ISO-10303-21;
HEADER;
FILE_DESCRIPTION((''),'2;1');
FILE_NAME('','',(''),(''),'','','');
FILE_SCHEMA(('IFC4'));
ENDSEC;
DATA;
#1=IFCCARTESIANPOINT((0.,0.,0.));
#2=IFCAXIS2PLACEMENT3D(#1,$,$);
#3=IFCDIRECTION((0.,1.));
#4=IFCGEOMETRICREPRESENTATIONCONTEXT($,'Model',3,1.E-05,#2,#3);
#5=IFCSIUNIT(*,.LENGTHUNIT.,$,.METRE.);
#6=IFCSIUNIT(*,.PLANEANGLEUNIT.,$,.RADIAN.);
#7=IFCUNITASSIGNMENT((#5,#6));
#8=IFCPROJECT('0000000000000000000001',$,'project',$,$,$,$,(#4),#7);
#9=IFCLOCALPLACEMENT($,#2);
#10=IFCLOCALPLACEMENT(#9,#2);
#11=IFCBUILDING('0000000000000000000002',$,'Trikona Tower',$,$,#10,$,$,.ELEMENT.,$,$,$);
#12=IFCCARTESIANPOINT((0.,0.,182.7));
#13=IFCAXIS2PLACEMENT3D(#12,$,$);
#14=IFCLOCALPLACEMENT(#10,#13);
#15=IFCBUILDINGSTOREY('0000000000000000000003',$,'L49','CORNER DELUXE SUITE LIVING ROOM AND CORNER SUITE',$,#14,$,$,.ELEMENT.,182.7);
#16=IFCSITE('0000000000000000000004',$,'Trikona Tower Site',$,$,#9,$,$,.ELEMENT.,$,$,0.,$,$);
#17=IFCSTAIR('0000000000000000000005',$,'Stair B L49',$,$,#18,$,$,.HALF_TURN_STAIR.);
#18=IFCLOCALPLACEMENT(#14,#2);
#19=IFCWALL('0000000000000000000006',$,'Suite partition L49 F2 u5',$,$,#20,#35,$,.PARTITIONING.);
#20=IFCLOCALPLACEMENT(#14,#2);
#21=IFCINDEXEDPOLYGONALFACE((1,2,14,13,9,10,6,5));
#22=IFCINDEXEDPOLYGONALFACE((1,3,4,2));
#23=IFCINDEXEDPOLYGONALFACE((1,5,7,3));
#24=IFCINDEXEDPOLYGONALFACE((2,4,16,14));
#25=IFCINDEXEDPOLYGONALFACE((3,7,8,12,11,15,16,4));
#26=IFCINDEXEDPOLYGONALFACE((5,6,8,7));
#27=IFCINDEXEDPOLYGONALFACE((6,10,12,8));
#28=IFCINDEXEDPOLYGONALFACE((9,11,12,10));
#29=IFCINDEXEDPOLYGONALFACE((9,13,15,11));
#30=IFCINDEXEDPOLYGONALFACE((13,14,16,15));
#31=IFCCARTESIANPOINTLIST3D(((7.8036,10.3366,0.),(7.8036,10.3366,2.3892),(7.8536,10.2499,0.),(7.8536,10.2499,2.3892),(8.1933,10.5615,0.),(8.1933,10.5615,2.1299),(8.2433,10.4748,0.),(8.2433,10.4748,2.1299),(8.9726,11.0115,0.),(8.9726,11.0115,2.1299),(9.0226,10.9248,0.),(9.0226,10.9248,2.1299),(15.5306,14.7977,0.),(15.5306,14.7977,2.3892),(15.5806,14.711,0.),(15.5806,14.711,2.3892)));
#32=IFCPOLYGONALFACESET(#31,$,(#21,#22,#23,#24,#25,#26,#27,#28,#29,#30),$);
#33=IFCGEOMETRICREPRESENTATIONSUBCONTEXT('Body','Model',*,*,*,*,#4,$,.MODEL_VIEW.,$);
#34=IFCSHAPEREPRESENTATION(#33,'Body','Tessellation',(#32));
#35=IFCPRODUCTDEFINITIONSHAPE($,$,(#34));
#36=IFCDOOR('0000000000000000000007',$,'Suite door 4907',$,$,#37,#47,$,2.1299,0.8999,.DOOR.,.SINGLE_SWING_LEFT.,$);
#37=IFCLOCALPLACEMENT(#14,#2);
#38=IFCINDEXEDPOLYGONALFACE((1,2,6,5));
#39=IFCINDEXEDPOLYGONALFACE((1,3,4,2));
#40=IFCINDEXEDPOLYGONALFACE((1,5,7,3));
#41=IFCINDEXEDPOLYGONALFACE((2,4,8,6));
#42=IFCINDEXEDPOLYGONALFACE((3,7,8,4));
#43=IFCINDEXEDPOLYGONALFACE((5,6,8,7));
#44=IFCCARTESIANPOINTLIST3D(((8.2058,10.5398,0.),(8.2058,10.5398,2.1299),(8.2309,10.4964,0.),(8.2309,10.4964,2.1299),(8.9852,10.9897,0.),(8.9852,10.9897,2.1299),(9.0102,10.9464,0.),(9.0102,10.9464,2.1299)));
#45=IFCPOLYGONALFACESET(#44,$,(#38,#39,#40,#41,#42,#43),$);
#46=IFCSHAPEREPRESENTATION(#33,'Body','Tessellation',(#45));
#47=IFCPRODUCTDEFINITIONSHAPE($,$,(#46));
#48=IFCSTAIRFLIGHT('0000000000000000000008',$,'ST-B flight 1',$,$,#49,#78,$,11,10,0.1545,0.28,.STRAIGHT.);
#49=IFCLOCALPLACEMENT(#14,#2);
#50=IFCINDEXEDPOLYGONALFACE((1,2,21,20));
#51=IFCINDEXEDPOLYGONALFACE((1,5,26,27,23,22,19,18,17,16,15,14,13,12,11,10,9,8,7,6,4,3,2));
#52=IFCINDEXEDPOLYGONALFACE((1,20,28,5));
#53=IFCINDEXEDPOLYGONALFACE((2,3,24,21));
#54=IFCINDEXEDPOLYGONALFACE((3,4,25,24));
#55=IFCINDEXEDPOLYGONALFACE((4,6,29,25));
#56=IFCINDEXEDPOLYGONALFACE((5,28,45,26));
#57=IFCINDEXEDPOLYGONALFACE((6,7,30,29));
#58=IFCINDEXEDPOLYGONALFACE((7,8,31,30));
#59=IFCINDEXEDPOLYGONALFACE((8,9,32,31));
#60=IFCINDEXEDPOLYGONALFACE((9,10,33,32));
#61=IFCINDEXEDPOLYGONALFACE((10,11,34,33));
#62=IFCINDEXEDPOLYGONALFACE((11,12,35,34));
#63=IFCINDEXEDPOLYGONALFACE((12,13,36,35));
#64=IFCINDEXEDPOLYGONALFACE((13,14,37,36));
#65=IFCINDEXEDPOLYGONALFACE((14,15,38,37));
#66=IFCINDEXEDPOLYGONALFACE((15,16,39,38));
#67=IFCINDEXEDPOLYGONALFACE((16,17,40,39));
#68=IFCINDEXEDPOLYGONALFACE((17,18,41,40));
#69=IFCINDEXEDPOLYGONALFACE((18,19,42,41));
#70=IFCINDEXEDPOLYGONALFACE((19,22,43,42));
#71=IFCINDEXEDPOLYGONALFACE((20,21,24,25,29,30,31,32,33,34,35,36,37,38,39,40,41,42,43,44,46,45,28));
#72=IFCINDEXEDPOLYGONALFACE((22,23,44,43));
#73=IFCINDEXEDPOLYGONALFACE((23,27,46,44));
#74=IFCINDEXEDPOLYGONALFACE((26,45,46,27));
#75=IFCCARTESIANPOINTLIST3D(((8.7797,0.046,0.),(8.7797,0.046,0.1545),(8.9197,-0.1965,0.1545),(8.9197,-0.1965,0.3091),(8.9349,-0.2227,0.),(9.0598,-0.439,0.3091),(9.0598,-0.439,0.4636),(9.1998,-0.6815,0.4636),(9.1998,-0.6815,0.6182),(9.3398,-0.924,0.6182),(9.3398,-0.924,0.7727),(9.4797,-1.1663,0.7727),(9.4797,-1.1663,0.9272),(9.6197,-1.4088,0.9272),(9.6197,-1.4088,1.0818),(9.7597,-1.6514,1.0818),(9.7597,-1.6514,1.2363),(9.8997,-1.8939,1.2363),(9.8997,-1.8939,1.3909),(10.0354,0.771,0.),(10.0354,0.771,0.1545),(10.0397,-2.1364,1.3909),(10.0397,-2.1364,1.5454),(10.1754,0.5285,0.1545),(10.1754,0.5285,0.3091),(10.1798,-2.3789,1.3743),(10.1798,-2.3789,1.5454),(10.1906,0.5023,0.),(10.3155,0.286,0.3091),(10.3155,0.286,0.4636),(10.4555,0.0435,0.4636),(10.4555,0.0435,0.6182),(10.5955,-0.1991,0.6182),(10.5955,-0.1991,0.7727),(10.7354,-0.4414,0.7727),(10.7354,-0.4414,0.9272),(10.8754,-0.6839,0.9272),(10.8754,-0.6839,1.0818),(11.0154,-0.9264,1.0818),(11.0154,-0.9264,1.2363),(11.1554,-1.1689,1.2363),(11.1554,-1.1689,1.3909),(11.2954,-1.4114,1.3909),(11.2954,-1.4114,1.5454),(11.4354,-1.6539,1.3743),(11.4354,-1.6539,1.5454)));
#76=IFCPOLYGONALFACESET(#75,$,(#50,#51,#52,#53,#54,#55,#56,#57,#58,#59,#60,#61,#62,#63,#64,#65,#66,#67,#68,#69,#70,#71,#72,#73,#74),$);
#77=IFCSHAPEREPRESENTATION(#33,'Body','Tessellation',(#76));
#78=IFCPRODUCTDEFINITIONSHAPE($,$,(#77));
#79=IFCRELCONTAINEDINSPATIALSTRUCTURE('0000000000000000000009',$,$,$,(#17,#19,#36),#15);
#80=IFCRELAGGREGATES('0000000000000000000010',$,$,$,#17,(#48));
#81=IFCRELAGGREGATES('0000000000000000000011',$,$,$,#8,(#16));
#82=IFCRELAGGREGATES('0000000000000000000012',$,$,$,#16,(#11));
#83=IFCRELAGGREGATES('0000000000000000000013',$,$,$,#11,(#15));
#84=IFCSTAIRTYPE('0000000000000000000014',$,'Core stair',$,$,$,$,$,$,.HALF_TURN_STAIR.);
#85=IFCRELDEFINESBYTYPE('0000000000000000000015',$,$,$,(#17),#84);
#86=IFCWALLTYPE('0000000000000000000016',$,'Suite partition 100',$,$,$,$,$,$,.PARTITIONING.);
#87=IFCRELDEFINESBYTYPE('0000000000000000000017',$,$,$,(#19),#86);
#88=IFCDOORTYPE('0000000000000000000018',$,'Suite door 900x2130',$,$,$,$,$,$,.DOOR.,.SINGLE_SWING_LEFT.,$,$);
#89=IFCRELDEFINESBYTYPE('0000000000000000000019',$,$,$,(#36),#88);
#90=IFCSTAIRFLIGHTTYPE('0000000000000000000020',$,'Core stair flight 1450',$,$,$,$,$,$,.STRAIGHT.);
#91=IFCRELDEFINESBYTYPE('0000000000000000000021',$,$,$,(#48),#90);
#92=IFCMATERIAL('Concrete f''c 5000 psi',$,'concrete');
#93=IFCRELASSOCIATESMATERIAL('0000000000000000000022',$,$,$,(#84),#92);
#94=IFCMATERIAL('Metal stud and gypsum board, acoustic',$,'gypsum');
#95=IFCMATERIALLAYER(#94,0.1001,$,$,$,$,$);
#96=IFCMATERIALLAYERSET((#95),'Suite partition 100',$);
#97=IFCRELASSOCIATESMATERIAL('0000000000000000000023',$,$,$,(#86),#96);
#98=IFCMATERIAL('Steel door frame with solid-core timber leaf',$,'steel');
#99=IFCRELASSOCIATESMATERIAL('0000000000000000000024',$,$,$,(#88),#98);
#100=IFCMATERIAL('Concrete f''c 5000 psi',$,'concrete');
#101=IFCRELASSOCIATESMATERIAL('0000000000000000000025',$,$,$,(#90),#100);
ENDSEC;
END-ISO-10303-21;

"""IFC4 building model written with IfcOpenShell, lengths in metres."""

from ifc_helpers import new_model, si_unit, direction, frame, frame_2d, origin, place, context, subcontext, project, spatial, polyline, rectangle, outline, extrude, material, layer, layer_set, type_object, element, fill, aggregate, save


model = new_model("IFC4")

# Units and contexts
model_context = context("Model", 3, precision=1e-05, world=origin(), true_north=direction((0.0, 1.0)))
body_context = subcontext(model_context, "Body", "Model", "MODEL_VIEW")
ifc_project = project(units=[si_unit("LENGTHUNIT", "METRE"), si_unit("PLANEANGLEUNIT", "RADIAN")], contexts=[model_context])

# Site, building, storey
site_placement = place(None, origin())
site = spatial("IfcSite", under=ifc_project, at=site_placement, Name="Trikona Tower Site", CompositionType="ELEMENT", RefElevation=0.0)
building_placement = place(site_placement, origin())
building = spatial("IfcBuilding", under=site, at=building_placement, Name="Trikona Tower", CompositionType="ELEMENT")
storey_placement = place(building_placement, frame((0.0, 0.0, 182.7)))
storey = spatial("IfcBuildingStorey", under=building, at=storey_placement, Name="L49", Description="CORNER DELUXE SUITE LIVING ROOM AND CORNER SUITE", CompositionType="ELEMENT", Elevation=182.7)

# Stair
ifc_material_1 = material(Name="Concrete f'c 5000 psi", Category="concrete")
stair_type = type_object("IfcStairType", Name="Core stair", PredefinedType="HALF_TURN_STAIR", material=ifc_material_1)
stair_1_placement = place(storey_placement, origin())
stair_1 = element("IfcStair", 1, at=stair_1_placement, inside=storey, type_object=stair_type, Name="Stair B L49", PredefinedType="HALF_TURN_STAIR")

# Wall, opening, door
ifc_material_2 = material(Name="Metal stud and gypsum board, acoustic", Category="gypsum")
ifc_layer_1 = layer(ifc_material_2, 0.1001)
ifc_layer_set_1 = layer_set([ifc_layer_1], Name="Suite partition 100")
wall_type_1 = type_object("IfcWallType", Name="Suite partition 100", PredefinedType="PARTITIONING", material=ifc_layer_set_1)
wall_1_placement = place(storey_placement, frame((7.8286, 10.2932, 0.0), z_axis=(0.0, 0.0, 1.0), x_axis=(0.866027, 0.499997, 0.0)))
wall_1 = element("IfcWall", 2, at=wall_1_placement, inside=storey, type_object=wall_type_1, Name="Suite partition L49 F2 u5", PredefinedType="PARTITIONING", context=body_context, shape_type="SweptSolid", body=[
    extrude(rectangle(XDim=8.9224, YDim=0.1001, at=frame_2d((4.4612, 0.0))), origin(), (0.0, 0.0, 1.0), 2.3892),
])
opening_1_placement = place(wall_1_placement, frame((0.45, 0.0, 0.0)))
opening_1 = element("IfcOpeningElement", 3, at=opening_1_placement, cuts=wall_1, PredefinedType="OPENING", context=body_context, shape_type="SweptSolid", body=[
    extrude(rectangle(XDim=0.8999, YDim=2.1299, at=frame_2d((0.45, 1.0649))), frame((0.0, 0.0601, 0.0), z_axis=(0.0, -1.0, 0.0), x_axis=(1.0, 0.0, 0.0)), (0.0, 0.0, 1.0), 0.1201),
])
ifc_material_3 = material(Name="Steel door frame with solid-core timber leaf", Category="steel")
door_type_1 = type_object("IfcDoorType", Name="Suite door 900x2130", OperationType="SINGLE_SWING_LEFT", PredefinedType="DOOR", material=ifc_material_3)
door_1_placement = place(opening_1_placement, origin())
door_1 = element("IfcDoor", 4, at=door_1_placement, inside=storey, type_object=door_type_1, Name="Suite door 4907", OperationType="SINGLE_SWING_LEFT", OverallHeight=2.1299, OverallWidth=0.8999, PredefinedType="DOOR", context=body_context, shape_type="SweptSolid", body=[
    extrude(rectangle(XDim=0.8999, YDim=2.1299, at=frame_2d((0.45, 1.0649))), frame((0.0, 0.0249, 0.0), z_axis=(0.0, -1.0, 0.0), x_axis=(1.0, 0.0, 0.0)), (0.0, 0.0, 1.0), 0.05),
])
fill(opening_1, door_1)

# Stair flight
ifc_material_4 = material(Name="Concrete f'c 5000 psi", Category="concrete")
stair_flight_type = type_object("IfcStairFlightType", Name="Core stair flight 1450", PredefinedType="STRAIGHT", material=ifc_material_4)
stair_flight_placement = place(storey_placement, frame((9.4075, 0.4084, 0.0), z_axis=(0.0, 0.0, 1.0), x_axis=(0.5, -0.866025, 0.0)))
stair_flight = element("IfcStairFlight", 5, at=stair_flight_placement, type_object=stair_flight_type, Name="ST-B flight 1", NumberOfRisers=11, NumberOfTreads=10, PredefinedType="STRAIGHT", RiserHeight=0.1545, TreadLength=0.28, context=body_context, shape_type="SweptSolid", body=[
    extrude(outline(polyline([(0.0, 0.0), (0.0, 0.1545), (0.28, 0.1545), (0.28, 0.3091), (0.5601, 0.3091), (0.5601, 0.4636), (0.8401, 0.4636), (0.8401, 0.6182), (1.1201, 0.6182), (1.1201, 0.7727), (1.3999, 0.7727), (1.3999, 0.9272), (1.6799, 0.9272), (1.6799, 1.0818), (1.96, 1.0818), (1.96, 1.2363), (2.24, 1.2363), (2.24, 1.3909), (2.52, 1.3909), (2.52, 1.5454), (2.8, 1.5454), (2.8, 1.7), (2.8, 1.3743), (0.3103, 0.0), (0.0, 0.0)])), frame((0.0, 0.7251, 0.0), z_axis=(0.0, -1.0, 0.0), x_axis=(1.0, 0.0, 0.0)), (0.0, 0.0, 1.0), 1.45),
])
aggregate(stair_1, [stair_flight])

save(model, "model.ifc")
